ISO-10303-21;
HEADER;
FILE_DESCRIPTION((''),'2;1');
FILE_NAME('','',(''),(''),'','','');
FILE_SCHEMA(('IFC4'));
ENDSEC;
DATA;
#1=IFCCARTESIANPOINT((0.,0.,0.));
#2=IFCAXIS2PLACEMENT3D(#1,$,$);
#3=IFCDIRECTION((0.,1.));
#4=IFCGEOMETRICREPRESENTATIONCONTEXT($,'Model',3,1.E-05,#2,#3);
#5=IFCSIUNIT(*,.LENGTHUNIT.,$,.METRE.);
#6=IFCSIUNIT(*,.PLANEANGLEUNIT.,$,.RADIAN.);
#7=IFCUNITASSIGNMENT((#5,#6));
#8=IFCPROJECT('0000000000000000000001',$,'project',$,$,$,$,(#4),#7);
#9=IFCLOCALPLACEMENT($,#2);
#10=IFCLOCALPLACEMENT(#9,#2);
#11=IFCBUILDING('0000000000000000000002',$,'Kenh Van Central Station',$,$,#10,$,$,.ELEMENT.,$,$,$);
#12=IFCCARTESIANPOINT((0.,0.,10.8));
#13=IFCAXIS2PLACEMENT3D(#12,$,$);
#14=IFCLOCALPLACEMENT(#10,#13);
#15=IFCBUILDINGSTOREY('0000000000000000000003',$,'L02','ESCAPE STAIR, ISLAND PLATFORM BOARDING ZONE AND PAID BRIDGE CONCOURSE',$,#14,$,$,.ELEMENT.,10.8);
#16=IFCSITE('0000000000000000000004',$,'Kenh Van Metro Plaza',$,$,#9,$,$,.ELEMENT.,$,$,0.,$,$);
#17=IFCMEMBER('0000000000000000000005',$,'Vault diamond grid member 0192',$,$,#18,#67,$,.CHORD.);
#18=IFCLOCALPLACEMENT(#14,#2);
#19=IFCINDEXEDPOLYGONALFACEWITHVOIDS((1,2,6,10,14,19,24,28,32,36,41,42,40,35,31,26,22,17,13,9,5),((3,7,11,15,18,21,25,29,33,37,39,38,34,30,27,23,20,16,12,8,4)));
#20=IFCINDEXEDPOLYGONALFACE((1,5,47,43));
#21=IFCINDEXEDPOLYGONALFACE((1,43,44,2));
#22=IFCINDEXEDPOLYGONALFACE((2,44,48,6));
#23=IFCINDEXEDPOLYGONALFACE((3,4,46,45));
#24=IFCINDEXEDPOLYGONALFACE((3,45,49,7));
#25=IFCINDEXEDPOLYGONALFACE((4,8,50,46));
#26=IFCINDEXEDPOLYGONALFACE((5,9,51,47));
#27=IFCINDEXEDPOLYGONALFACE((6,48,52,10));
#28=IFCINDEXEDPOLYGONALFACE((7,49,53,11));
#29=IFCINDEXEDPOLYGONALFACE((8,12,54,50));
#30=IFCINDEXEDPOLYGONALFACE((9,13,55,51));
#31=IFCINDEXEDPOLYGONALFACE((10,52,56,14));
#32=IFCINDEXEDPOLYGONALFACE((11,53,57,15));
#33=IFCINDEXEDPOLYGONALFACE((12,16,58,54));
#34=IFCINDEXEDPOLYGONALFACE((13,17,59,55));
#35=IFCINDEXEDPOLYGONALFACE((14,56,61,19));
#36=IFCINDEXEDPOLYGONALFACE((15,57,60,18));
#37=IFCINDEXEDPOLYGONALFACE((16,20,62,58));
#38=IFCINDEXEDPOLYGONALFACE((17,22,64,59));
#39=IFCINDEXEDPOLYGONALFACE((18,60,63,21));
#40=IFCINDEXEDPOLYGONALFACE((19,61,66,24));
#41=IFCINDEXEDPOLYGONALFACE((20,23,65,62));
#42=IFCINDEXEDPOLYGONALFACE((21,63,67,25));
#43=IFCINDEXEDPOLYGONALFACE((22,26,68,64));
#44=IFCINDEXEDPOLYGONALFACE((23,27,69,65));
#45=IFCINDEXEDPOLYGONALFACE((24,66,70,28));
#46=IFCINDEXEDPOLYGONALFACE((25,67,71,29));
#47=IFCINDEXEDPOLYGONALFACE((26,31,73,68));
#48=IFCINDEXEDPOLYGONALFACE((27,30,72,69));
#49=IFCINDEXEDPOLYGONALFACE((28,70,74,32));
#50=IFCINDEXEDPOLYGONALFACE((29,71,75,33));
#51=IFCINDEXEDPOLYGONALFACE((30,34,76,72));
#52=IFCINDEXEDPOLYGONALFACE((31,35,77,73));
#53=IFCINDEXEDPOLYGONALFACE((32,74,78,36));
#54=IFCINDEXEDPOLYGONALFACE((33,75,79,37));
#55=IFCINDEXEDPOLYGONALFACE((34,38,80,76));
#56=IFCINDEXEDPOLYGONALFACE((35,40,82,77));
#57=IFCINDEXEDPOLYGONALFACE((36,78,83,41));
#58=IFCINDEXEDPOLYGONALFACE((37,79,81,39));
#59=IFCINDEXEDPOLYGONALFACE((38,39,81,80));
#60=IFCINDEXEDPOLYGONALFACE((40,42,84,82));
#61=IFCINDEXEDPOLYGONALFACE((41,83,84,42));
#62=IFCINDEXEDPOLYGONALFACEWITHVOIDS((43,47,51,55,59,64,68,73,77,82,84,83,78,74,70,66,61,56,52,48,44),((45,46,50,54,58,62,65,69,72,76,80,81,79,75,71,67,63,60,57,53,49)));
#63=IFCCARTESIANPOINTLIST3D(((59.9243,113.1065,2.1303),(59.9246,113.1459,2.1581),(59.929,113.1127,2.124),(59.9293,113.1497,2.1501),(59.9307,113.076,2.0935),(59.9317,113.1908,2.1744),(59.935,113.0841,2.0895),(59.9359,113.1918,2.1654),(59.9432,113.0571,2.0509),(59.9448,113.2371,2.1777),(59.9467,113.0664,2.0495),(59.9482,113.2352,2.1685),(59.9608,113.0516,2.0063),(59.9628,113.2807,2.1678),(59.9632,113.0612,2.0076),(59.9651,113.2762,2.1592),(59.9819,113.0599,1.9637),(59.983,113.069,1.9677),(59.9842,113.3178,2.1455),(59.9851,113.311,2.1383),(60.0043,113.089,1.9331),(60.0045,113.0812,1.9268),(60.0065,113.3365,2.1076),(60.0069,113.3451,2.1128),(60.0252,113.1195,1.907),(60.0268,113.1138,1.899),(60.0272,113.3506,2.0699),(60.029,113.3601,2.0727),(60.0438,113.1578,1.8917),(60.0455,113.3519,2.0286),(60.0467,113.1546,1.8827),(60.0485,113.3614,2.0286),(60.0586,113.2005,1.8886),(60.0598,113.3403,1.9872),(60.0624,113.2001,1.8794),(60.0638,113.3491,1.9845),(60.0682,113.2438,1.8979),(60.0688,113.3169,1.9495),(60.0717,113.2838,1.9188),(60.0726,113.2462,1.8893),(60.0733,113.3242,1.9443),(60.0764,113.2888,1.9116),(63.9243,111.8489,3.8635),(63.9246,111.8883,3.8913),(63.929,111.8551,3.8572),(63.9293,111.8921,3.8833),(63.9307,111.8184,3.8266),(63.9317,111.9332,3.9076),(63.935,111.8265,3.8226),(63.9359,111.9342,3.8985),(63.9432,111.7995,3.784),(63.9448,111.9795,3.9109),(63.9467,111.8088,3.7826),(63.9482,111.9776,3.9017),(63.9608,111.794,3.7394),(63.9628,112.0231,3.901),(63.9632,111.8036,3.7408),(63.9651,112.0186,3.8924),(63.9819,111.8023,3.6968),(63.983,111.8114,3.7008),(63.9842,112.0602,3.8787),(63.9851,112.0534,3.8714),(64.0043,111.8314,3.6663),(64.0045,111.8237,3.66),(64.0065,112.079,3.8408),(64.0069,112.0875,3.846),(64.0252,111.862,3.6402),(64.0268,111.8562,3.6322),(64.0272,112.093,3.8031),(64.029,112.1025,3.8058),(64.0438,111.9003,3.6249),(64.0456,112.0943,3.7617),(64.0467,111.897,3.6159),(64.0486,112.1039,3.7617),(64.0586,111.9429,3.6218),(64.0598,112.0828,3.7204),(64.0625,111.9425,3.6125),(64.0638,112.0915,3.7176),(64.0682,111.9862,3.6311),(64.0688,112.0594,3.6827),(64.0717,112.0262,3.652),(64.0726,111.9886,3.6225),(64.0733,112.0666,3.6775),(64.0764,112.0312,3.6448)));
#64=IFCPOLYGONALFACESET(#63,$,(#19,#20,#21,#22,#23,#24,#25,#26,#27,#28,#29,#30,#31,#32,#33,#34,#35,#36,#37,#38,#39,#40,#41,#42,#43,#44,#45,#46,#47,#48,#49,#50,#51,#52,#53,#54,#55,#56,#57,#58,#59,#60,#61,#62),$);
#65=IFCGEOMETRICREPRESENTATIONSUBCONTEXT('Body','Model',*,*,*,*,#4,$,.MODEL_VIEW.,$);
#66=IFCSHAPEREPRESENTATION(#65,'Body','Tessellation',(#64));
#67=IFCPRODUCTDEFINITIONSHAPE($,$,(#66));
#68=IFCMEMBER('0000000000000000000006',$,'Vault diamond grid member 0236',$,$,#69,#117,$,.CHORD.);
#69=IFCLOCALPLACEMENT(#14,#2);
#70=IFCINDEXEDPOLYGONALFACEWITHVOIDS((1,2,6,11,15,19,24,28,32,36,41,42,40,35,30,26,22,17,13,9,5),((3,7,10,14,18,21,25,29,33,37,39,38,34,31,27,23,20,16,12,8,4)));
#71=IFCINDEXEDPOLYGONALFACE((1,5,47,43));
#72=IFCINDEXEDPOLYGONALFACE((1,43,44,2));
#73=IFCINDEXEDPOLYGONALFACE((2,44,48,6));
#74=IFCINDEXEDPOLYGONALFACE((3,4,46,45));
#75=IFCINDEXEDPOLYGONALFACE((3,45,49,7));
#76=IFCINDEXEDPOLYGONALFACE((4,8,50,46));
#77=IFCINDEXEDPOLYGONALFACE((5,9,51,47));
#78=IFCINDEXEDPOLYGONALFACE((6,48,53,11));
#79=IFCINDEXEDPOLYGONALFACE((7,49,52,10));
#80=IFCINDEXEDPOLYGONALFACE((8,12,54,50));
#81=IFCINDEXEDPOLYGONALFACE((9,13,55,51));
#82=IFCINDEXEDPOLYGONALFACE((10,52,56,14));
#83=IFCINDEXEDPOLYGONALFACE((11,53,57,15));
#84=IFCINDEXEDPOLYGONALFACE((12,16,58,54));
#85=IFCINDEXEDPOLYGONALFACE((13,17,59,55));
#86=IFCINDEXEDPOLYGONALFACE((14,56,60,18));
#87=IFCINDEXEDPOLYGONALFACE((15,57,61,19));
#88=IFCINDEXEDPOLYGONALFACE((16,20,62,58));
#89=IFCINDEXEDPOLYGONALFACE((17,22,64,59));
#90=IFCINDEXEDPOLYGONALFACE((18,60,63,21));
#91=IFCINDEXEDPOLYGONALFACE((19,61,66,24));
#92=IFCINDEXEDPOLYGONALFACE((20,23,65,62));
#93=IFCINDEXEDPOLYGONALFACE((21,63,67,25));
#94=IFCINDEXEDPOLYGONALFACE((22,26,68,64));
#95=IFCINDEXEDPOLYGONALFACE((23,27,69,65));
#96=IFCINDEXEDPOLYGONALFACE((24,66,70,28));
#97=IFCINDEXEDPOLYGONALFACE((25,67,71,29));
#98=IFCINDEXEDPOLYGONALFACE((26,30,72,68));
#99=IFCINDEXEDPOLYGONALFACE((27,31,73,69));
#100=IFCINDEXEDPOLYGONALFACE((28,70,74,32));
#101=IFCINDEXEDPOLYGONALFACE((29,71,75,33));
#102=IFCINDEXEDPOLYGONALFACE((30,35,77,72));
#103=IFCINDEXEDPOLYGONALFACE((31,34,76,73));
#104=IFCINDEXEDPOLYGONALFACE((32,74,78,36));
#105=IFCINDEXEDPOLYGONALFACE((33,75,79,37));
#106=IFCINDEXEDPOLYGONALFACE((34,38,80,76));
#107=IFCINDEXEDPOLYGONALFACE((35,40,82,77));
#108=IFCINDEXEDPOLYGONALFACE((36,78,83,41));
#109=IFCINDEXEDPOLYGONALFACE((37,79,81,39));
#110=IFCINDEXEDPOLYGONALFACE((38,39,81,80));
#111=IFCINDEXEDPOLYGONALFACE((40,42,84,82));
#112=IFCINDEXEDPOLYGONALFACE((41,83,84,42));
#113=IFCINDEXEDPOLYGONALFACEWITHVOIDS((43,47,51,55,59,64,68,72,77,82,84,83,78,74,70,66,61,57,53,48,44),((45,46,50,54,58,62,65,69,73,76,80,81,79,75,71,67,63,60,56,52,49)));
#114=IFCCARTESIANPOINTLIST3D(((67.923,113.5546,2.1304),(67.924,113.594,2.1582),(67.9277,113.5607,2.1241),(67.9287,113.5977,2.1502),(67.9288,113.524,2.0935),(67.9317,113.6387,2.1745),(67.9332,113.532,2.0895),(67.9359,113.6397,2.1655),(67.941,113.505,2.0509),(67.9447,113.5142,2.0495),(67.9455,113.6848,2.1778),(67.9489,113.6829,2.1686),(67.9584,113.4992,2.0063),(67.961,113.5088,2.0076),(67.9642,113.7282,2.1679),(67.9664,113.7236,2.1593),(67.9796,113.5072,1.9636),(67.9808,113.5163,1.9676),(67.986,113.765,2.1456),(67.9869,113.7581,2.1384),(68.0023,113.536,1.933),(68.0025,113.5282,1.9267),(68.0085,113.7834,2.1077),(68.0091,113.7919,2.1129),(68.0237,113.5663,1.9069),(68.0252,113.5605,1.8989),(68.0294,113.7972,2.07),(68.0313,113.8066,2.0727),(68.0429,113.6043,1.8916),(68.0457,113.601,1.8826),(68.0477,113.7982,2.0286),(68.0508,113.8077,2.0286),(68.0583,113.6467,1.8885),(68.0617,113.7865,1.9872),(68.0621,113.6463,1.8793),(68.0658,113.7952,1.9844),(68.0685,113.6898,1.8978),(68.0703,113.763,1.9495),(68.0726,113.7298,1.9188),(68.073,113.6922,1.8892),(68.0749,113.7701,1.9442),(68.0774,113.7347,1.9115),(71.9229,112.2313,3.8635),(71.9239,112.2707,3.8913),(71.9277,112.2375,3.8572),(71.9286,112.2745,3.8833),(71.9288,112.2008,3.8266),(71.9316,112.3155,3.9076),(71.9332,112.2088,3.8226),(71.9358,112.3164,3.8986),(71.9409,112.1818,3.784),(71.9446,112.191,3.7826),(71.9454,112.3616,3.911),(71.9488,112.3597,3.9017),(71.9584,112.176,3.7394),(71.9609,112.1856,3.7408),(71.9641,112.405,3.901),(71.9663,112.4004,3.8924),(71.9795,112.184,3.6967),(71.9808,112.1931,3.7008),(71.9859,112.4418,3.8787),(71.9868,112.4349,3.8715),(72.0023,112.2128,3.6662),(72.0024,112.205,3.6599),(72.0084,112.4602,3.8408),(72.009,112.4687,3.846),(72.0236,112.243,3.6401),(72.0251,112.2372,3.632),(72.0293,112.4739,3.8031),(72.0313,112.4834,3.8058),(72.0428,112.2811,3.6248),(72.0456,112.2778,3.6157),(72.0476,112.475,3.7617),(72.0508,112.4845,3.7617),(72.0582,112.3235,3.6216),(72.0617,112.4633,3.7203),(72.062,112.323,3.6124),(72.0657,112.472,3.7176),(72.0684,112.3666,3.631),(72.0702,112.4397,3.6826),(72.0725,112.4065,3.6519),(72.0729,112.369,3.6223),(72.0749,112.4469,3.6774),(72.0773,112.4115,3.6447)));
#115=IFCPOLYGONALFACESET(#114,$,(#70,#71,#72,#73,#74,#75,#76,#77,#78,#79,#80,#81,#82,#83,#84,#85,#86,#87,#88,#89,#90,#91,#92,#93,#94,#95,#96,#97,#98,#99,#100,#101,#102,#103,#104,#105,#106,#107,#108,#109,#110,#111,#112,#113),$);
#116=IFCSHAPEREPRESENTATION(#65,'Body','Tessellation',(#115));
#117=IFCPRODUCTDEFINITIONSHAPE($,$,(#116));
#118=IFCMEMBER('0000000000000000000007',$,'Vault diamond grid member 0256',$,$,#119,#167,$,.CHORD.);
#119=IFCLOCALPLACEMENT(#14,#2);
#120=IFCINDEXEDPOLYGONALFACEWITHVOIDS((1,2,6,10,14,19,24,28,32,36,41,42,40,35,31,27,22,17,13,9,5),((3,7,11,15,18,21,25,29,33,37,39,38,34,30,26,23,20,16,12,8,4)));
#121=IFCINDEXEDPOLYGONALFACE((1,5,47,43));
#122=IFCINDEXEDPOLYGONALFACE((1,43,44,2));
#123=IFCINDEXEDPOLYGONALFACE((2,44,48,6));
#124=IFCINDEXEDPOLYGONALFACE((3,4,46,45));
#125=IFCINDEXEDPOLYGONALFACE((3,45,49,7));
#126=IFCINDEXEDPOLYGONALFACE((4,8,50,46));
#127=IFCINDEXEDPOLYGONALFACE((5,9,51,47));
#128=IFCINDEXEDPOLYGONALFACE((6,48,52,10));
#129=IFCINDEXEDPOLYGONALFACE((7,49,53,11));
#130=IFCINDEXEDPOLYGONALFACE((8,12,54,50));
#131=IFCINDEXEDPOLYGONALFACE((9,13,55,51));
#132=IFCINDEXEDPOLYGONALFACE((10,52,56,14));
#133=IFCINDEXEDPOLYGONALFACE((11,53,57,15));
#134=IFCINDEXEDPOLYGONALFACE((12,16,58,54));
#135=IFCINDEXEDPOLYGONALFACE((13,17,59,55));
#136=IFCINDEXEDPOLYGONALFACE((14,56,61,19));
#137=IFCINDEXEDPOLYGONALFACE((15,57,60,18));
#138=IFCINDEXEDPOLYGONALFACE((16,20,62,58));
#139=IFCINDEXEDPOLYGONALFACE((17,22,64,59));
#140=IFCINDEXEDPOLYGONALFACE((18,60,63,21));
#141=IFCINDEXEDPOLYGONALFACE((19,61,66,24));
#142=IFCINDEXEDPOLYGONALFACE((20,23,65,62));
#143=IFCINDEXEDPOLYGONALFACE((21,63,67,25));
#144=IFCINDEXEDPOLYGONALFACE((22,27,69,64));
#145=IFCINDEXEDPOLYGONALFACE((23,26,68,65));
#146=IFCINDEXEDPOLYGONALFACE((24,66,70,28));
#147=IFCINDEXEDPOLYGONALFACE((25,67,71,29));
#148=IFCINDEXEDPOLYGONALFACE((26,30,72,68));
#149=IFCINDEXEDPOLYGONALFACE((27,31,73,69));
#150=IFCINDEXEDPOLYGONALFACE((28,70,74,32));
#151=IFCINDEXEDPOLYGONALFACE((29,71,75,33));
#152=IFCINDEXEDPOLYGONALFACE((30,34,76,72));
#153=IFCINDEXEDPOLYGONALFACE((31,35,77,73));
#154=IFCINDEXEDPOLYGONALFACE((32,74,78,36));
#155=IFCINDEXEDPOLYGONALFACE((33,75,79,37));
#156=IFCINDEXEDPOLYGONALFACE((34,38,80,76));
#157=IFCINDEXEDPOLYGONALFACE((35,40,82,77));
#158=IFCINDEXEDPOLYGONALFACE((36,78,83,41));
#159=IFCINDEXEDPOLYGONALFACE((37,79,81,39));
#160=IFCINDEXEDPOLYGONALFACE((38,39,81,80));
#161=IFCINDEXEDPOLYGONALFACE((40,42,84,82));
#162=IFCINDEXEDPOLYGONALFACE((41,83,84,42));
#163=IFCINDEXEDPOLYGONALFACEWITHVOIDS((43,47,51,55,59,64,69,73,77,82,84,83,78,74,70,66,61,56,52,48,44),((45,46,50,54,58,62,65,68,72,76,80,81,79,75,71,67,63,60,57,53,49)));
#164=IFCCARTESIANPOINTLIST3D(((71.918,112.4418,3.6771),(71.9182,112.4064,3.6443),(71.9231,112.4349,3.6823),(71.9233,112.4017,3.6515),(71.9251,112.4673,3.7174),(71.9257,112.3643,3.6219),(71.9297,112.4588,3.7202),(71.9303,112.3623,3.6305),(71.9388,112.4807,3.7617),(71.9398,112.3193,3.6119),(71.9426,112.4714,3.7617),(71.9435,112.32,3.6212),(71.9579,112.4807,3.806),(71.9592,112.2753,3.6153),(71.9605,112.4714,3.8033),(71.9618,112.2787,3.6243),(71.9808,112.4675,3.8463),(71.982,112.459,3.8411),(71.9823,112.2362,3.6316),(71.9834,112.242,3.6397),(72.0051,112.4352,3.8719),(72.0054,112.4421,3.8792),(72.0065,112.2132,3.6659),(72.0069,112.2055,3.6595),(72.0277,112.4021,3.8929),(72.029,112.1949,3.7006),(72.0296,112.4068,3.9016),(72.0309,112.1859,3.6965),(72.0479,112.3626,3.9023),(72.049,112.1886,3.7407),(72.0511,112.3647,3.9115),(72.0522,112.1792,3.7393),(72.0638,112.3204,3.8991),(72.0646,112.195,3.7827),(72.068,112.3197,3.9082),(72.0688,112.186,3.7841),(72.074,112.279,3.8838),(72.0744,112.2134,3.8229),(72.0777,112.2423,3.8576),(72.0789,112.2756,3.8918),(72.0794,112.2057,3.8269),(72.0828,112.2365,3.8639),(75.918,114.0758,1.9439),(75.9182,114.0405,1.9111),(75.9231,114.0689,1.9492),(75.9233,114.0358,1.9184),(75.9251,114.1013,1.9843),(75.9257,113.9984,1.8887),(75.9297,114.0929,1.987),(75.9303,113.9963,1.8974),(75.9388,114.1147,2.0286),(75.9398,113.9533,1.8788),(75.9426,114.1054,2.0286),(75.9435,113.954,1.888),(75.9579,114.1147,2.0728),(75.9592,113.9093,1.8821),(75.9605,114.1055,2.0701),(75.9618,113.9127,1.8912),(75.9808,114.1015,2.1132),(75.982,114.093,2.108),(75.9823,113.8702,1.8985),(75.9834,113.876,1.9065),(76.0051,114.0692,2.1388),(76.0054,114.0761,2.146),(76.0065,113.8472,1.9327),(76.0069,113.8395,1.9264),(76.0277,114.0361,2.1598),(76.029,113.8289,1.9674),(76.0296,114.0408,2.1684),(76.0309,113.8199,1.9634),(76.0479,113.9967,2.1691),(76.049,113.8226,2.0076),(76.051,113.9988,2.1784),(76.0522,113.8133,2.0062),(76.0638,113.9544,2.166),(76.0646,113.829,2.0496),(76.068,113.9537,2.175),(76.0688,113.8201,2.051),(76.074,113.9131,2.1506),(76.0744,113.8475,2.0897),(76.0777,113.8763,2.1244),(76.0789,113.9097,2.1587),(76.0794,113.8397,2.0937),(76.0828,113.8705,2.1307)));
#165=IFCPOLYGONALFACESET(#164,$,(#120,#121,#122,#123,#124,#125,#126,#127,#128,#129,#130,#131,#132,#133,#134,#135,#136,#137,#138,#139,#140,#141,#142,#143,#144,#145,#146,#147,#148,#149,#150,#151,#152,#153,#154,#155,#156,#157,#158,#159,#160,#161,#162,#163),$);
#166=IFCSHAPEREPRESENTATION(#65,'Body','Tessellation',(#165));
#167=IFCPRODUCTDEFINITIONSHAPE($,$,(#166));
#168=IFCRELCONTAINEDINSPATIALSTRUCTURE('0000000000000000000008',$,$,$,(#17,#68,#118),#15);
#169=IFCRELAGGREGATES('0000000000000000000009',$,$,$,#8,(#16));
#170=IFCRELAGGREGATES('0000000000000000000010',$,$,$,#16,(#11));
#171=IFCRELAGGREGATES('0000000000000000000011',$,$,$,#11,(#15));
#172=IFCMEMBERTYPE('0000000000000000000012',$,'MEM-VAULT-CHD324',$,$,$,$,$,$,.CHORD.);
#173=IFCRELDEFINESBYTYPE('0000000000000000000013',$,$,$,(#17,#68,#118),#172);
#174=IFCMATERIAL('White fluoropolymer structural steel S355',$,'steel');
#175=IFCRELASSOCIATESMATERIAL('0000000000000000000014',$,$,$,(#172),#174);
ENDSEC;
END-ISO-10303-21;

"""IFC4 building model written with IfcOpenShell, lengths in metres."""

from ifc_helpers import new_model, si_unit, direction, frame, origin, origin_2d, place, context, subcontext, project, spatial, hollow_circle, extrude, material, material_profile, profile_set, type_object, element, save


model = new_model("IFC4")

# Units and contexts
model_context = context("Model", 3, precision=1e-05, world=origin(), true_north=direction((0.0, 1.0)))
body_context = subcontext(model_context, "Body", "Model", "MODEL_VIEW")
ifc_project = project(units=[si_unit("LENGTHUNIT", "METRE"), si_unit("PLANEANGLEUNIT", "RADIAN")], contexts=[model_context])

# Site, building, storey
site_placement = place(None, origin())
site = spatial("IfcSite", under=ifc_project, at=site_placement, Name="Kenh Van Metro Plaza", CompositionType="ELEMENT", RefElevation=0.0)
building_placement = place(site_placement, origin())
building = spatial("IfcBuilding", under=site, at=building_placement, Name="Kenh Van Central Station", CompositionType="ELEMENT")
storey_placement = place(building_placement, frame((0.0, 0.0, 10.8)))
storey = spatial("IfcBuildingStorey", under=building, at=storey_placement, Name="L02", Description="ESCAPE STAIR, ISLAND PLATFORM BOARDING ZONE AND PAID BRIDGE CONCOURSE", CompositionType="ELEMENT", Elevation=10.8)

# Shared definitions
ifc_material_1 = material(Name="White fluoropolymer structural steel S355", Category="steel")

# Members
ifc_material_profile_1 = material_profile(ifc_material_1, hollow_circle(Radius=0.1619, WallThickness=0.01, at=origin_2d()), Name="CHS 323.9x10")
ifc_profile_set_1 = profile_set([ifc_material_profile_1], Name="White fluoropolymer structural steel S355")
member_type_1 = type_object("IfcMemberType", Name="MEM-VAULT-CHD324", PredefinedType="CHORD", material=ifc_profile_set_1)
member_1_placement = place(storey_placement, frame((60.0, 113.207, 2.0286), z_axis=(0.88162, -0.277174, 0.381996), x_axis=(0.299919, 0.953965, 0.0)))
element("IfcMember", 1, at=member_1_placement, inside=storey, type_object=member_type_1, Name="Vault diamond grid member 0192", PredefinedType="CHORD", context=body_context, shape_type="SweptSolid", body=[
    extrude(hollow_circle(Radius=0.1619, WallThickness=0.01, at=origin_2d()), origin(), (0.0, 0.0, 1.0), 4.5371),
])
member_2_placement = place(storey_placement, frame((68.0, 113.6541, 2.0286), z_axis=(0.878013, -0.290456, 0.380433), x_axis=(0.314071, 0.949399, 0.0)))
element("IfcMember", 2, at=member_2_placement, inside=storey, type_object=member_type_1, Name="Vault diamond grid member 0236", PredefinedType="CHORD", context=body_context, shape_type="SweptSolid", body=[
    extrude(hollow_circle(Radius=0.1619, WallThickness=0.01, at=origin_2d()), origin(), (0.0, 0.0, 1.0), 4.5557),
])
member_3_placement = place(storey_placement, frame((72.0, 112.3308, 3.7617), z_axis=(0.859195, 0.350988, -0.372279), x_axis=(-0.378171, 0.925736, 0.0)))
element("IfcMember", 3, at=member_3_placement, inside=storey, type_object=member_type_1, Name="Vault diamond grid member 0256", PredefinedType="CHORD", context=body_context, shape_type="SweptSolid", body=[
    extrude(hollow_circle(Radius=0.1619, WallThickness=0.01, at=origin_2d()), origin(), (0.0, 0.0, 1.0), 4.6555),
])

save(model, "model.ifc")
